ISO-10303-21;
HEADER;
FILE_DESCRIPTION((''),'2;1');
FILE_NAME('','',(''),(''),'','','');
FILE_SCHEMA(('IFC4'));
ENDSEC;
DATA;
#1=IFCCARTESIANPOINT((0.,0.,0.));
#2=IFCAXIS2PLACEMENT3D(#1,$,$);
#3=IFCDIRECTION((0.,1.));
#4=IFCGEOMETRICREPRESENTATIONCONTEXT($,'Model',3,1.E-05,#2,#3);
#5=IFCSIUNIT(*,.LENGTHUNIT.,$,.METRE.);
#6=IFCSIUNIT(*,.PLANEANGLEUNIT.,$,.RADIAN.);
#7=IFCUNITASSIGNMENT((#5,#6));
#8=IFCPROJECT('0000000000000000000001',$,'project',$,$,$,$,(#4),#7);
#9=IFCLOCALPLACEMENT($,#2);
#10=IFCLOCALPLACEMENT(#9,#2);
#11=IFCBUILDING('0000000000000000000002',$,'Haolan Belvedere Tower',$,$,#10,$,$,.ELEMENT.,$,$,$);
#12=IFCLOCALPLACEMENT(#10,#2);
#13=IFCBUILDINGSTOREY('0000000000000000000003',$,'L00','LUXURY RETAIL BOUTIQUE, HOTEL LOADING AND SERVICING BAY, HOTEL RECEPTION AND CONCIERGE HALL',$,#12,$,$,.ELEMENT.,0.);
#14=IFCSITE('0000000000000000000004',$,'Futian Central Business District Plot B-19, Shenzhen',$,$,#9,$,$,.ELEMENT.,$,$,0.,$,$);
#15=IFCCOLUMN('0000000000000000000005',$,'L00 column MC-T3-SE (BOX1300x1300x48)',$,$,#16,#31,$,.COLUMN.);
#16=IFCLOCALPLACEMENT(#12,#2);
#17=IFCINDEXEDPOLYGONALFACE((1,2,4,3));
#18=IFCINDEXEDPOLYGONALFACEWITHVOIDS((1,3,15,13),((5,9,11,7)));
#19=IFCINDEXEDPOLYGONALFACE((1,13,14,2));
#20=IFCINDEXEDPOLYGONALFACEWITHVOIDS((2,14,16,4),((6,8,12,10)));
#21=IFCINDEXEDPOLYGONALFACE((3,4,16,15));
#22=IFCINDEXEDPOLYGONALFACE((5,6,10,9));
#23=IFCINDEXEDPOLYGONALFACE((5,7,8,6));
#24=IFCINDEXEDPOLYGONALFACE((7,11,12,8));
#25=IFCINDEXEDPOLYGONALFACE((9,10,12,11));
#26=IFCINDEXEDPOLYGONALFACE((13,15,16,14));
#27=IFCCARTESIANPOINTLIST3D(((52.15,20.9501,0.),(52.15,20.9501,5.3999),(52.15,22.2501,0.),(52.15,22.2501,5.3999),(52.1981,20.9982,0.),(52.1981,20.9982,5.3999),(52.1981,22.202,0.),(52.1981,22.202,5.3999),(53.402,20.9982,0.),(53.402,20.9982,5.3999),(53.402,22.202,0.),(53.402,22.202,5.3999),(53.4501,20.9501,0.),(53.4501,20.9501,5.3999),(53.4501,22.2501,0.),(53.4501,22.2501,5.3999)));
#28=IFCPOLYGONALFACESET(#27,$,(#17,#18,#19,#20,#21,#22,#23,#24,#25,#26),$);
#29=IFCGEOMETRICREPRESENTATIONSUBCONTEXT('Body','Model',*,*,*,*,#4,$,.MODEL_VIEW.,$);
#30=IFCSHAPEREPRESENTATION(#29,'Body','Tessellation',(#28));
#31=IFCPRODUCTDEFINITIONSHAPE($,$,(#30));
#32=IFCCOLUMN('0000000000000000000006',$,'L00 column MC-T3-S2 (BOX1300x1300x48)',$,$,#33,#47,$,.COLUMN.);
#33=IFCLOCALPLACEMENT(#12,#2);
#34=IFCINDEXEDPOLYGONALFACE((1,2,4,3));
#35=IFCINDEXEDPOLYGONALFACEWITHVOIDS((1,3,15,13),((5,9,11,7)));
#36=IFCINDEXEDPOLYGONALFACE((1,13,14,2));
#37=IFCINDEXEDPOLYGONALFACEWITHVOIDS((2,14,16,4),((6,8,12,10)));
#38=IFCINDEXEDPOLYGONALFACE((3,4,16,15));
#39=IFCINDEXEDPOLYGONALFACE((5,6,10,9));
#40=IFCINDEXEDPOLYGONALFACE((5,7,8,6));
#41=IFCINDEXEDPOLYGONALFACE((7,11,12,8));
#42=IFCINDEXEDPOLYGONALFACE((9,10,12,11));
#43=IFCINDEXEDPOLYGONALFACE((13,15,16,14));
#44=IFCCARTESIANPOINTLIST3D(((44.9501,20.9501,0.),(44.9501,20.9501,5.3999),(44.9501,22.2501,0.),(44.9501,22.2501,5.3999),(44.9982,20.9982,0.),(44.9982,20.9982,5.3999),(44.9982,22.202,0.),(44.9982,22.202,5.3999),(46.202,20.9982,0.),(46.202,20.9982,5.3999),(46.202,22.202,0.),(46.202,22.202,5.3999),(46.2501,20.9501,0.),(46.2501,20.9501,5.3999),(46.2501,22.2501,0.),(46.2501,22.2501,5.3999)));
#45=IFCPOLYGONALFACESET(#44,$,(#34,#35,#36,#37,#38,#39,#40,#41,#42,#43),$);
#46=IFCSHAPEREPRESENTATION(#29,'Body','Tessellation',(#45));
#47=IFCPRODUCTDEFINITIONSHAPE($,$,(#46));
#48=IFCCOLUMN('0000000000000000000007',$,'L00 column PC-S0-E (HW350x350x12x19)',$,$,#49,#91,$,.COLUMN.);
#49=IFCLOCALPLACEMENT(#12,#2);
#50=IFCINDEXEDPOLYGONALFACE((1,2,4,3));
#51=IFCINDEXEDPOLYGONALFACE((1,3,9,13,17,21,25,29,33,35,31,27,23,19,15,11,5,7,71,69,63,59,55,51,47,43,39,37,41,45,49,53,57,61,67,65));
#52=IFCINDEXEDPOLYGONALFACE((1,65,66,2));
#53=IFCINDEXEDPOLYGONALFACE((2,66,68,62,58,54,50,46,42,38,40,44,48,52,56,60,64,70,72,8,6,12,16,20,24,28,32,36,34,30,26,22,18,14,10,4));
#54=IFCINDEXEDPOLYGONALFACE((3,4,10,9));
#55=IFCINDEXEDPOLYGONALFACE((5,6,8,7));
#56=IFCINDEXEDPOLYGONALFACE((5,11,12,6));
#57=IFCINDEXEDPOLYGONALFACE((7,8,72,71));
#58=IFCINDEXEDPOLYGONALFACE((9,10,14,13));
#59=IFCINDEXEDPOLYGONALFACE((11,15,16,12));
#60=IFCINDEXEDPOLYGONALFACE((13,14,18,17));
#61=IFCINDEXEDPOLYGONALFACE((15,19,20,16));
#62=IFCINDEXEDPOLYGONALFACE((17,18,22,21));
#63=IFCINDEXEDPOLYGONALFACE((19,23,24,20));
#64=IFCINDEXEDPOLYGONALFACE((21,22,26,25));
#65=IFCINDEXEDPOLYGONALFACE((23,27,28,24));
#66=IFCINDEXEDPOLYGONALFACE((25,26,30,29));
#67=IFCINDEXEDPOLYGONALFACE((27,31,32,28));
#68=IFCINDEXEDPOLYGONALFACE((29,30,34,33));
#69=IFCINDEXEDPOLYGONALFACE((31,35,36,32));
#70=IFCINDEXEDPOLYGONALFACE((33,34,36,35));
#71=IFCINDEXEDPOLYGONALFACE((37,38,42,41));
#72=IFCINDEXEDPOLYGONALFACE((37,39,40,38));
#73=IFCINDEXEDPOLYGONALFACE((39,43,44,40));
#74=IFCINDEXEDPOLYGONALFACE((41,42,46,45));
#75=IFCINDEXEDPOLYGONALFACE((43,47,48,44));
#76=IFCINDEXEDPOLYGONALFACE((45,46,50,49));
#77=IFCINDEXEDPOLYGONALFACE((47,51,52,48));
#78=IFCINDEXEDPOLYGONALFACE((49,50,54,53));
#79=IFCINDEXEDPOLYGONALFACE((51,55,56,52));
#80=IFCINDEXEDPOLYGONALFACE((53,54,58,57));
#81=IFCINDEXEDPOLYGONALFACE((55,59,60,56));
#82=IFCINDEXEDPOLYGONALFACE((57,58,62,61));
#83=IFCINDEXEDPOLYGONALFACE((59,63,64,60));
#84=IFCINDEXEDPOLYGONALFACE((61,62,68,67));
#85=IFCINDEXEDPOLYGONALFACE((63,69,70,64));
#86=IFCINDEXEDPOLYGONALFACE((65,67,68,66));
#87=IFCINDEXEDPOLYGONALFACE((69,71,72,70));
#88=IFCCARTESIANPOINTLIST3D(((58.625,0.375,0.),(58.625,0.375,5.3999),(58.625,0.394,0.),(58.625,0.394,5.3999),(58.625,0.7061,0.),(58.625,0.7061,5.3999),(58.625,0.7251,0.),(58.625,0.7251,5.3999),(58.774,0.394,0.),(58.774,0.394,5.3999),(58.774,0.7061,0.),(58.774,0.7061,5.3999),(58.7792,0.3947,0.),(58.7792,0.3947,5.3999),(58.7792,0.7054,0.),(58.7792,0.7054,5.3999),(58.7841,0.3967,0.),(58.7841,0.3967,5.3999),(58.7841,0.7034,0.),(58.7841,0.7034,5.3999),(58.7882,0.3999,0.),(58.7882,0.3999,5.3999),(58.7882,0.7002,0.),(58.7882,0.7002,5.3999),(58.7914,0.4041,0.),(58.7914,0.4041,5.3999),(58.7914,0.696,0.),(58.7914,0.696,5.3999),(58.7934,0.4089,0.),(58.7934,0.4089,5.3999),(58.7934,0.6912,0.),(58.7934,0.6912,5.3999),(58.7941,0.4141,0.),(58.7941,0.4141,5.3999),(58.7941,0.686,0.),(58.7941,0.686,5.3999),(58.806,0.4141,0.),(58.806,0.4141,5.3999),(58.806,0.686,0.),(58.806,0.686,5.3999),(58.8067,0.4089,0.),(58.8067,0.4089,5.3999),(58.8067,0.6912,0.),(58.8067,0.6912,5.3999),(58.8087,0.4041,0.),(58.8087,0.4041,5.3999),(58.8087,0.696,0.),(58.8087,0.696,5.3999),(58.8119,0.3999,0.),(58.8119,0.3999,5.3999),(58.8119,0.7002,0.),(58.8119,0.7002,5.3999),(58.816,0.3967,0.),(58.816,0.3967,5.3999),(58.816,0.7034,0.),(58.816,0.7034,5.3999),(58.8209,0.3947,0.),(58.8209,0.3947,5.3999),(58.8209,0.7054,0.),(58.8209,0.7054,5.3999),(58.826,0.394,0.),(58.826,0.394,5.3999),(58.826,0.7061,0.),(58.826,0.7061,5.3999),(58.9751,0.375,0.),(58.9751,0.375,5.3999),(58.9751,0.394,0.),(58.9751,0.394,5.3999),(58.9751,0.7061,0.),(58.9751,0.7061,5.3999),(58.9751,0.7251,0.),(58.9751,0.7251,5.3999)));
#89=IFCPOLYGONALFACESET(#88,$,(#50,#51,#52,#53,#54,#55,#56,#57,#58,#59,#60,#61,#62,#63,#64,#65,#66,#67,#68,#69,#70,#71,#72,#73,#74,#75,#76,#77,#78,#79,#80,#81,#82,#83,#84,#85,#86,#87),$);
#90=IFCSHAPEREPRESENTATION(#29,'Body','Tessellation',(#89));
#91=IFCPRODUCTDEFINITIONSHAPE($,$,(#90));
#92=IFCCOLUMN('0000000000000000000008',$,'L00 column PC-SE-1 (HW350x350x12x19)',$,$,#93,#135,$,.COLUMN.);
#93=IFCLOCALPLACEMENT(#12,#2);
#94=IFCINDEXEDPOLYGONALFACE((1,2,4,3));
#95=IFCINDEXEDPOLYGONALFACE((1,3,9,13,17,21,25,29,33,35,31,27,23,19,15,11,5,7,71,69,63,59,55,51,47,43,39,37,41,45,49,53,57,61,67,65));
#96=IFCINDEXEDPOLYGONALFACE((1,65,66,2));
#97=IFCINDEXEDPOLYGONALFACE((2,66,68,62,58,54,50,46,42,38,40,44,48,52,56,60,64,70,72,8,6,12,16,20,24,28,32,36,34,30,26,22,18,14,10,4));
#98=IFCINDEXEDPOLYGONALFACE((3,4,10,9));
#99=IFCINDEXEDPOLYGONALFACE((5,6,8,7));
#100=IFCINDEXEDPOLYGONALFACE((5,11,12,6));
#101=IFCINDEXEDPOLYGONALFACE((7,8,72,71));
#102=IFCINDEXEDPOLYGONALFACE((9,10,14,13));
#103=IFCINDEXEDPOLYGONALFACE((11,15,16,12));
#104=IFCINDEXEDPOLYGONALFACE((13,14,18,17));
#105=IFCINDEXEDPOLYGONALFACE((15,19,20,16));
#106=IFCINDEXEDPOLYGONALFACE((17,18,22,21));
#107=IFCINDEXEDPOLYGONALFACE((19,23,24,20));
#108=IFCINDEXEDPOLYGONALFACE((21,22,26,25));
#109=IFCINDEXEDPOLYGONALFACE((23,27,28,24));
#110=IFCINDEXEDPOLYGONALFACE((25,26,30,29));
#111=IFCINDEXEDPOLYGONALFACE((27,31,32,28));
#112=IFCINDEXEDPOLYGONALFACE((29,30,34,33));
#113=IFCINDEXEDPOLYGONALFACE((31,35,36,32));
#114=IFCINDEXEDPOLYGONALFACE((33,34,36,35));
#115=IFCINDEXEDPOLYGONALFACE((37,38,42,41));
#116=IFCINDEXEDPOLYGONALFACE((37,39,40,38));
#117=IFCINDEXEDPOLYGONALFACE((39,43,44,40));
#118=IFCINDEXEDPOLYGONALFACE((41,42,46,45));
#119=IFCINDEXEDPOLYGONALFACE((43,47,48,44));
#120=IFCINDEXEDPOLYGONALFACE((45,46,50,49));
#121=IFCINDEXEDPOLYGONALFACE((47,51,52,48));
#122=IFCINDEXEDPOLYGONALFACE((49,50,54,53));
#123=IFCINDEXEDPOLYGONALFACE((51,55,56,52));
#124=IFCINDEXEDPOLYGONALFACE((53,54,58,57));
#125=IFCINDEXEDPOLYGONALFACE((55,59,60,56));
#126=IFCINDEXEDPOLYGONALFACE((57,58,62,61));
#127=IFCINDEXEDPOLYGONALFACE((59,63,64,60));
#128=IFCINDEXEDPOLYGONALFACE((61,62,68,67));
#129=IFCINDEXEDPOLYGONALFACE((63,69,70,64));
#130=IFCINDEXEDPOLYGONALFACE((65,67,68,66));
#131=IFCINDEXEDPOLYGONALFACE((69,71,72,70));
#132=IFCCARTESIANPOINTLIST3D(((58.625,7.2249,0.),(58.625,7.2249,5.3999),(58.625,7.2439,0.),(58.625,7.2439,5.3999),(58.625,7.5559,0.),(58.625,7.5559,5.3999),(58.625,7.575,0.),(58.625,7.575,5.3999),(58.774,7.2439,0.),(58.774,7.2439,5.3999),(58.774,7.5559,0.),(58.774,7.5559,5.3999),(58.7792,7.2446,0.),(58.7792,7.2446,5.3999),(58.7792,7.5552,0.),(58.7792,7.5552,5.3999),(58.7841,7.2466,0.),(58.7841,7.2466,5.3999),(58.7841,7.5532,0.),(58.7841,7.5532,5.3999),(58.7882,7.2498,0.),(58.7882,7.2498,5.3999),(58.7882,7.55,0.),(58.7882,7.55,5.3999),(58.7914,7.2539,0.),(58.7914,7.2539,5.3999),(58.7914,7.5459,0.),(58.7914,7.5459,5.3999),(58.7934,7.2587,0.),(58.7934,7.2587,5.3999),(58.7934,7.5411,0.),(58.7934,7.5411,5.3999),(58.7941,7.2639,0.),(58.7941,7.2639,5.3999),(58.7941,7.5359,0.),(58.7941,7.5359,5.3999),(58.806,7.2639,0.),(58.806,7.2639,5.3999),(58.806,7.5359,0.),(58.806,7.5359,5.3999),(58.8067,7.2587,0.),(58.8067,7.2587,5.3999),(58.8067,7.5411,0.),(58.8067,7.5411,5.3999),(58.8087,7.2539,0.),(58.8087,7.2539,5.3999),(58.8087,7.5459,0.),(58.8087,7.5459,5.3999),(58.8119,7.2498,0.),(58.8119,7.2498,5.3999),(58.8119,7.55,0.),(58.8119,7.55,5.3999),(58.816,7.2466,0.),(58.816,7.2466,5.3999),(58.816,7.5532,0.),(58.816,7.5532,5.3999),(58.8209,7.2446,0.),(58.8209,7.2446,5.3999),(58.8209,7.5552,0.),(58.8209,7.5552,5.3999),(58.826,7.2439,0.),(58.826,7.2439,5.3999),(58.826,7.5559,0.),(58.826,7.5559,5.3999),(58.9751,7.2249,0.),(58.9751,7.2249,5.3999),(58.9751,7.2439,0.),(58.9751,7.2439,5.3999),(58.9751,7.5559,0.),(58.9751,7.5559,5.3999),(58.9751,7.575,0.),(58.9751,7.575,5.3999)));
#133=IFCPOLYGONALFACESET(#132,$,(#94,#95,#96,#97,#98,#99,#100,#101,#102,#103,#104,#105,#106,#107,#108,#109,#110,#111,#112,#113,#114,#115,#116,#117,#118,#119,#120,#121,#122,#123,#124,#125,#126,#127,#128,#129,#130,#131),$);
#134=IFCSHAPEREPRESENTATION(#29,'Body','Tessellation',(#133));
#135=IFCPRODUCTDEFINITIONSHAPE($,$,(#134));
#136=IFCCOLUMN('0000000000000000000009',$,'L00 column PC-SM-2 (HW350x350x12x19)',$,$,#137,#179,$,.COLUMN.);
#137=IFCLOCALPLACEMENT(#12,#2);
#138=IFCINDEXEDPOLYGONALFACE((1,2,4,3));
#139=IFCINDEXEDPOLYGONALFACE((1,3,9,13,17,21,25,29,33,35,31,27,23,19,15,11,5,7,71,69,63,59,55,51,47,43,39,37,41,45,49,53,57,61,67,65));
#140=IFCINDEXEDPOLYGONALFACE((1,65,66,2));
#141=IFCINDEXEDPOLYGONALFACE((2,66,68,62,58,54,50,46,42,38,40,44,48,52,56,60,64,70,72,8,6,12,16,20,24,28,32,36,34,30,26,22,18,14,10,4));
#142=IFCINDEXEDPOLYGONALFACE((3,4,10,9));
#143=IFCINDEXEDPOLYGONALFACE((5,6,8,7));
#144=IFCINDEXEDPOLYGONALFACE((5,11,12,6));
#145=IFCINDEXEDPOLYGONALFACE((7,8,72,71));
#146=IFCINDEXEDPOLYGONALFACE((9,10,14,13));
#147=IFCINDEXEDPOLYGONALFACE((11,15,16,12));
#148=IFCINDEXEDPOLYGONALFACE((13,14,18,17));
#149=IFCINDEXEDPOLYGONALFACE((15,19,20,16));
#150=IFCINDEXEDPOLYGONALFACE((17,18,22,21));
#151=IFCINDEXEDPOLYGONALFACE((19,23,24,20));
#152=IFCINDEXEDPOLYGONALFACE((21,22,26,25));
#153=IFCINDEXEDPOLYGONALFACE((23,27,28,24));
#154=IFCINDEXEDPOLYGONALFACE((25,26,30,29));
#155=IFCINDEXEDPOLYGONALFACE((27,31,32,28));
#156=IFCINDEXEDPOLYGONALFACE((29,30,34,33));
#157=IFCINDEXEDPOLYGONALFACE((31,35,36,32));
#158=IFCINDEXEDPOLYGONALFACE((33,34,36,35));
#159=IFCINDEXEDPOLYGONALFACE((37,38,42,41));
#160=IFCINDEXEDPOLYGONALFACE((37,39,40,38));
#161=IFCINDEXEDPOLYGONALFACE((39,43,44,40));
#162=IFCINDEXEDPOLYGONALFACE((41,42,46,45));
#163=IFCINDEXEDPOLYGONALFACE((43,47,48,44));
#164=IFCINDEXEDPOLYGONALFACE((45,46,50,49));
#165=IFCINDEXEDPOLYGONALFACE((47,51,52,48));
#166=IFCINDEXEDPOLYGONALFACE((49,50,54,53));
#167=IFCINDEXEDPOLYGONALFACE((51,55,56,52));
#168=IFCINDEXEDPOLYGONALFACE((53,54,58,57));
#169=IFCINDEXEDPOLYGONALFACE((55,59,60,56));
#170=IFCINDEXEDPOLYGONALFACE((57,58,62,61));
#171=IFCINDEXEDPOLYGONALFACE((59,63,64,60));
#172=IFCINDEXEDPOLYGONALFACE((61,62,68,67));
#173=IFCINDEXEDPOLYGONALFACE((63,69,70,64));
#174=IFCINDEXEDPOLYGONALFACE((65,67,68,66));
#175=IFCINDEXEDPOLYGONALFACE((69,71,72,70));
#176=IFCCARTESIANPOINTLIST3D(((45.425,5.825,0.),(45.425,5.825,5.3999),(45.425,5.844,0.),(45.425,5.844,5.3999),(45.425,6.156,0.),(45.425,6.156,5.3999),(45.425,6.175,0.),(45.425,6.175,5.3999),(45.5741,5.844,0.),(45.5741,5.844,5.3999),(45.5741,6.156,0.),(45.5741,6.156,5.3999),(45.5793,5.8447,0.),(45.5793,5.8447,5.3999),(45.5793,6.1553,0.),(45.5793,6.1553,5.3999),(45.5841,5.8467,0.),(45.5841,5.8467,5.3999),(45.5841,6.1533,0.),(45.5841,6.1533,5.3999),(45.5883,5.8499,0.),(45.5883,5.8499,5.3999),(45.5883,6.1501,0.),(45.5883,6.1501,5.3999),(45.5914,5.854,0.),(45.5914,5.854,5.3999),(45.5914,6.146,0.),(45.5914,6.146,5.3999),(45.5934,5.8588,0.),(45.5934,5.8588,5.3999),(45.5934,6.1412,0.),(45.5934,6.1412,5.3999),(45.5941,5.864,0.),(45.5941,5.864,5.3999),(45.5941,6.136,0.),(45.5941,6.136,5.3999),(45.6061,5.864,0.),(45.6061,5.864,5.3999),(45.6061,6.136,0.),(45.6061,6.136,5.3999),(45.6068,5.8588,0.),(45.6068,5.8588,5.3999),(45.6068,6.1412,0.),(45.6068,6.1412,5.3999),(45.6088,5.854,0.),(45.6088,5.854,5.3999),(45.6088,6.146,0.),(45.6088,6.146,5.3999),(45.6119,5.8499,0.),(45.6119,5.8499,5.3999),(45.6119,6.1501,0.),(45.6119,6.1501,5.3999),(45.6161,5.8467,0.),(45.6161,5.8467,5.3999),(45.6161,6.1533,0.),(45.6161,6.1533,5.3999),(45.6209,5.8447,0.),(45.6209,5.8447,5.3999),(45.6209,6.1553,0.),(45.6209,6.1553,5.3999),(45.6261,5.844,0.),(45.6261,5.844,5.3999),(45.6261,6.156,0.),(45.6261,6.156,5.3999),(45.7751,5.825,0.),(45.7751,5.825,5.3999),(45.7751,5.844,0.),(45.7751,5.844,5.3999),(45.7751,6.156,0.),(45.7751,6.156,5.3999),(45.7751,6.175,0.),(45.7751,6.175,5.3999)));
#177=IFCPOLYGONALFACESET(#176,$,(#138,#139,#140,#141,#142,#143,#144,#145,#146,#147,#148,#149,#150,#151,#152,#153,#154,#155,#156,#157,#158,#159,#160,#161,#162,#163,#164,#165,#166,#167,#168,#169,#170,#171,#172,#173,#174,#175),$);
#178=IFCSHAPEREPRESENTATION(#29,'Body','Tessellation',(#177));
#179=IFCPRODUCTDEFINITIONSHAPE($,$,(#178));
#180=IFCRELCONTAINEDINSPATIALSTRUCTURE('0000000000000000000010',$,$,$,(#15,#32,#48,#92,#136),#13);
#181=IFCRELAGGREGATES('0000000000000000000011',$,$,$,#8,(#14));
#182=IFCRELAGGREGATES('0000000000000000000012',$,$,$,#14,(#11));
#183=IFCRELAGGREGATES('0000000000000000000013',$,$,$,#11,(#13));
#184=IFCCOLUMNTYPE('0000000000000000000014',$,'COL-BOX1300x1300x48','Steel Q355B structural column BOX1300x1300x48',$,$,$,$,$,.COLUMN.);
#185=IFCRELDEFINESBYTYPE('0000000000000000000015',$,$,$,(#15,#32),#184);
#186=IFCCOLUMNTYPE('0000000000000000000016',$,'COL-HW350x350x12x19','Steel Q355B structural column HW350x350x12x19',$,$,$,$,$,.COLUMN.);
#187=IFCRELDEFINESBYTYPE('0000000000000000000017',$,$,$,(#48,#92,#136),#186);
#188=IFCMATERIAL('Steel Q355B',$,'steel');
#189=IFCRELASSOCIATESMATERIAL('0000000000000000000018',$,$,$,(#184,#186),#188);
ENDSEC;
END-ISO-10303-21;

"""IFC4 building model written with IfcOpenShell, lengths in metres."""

from ifc_helpers import new_model, si_unit, direction, frame, origin, origin_2d, place, context, subcontext, project, spatial, hollow_rectangle, i_section, extrude, material, material_profile, profile_set, type_object, element, save


model = new_model("IFC4")

# Units and contexts
model_context = context("Model", 3, precision=1e-05, world=origin(), true_north=direction((0.0, 1.0)))
body_context = subcontext(model_context, "Body", "Model", "MODEL_VIEW")
ifc_project = project(units=[si_unit("LENGTHUNIT", "METRE"), si_unit("PLANEANGLEUNIT", "RADIAN")], contexts=[model_context])

# Site, building, storey
site_placement = place(None, origin())
site = spatial("IfcSite", under=ifc_project, at=site_placement, Name="Futian Central Business District Plot B-19, Shenzhen", CompositionType="ELEMENT", RefElevation=0.0)
building_placement = place(site_placement, origin())
building = spatial("IfcBuilding", under=site, at=building_placement, Name="Haolan Belvedere Tower", CompositionType="ELEMENT")
storey_placement = place(building_placement, origin())
storey = spatial("IfcBuildingStorey", under=building, at=storey_placement, Name="L00", Description="LUXURY RETAIL BOUTIQUE, HOTEL LOADING AND SERVICING BAY, HOTEL RECEPTION AND CONCIERGE HALL", CompositionType="ELEMENT", Elevation=0.0)

# Columns
ifc_material_1 = material(Name="Steel Q355B", Category="steel")
ifc_material_profile_1 = material_profile(ifc_material_1, hollow_rectangle(XDim=1.3, YDim=1.3, WallThickness=0.0481, at=origin_2d()), Name="Steel Q355B")
ifc_profile_set_1 = profile_set([ifc_material_profile_1], Name="Steel Q355B")
column_type_1 = type_object("IfcColumnType", Name="COL-BOX1300x1300x48", Description="Steel Q355B structural column BOX1300x1300x48", PredefinedType="COLUMN", material=ifc_profile_set_1)
for number, where, z_axis, x_axis, name in (
    (1, (52.8, 21.6001, 0.0), (0.0, 0.0, 1.0), (1.0, 0.0, 0.0), "L00 column MC-T3-SE (BOX1300x1300x48)"),
    (2, (45.6001, 21.6001, 0.0), (0.0, 0.0, 1.0), (1.0, 0.0, 0.0), "L00 column MC-T3-S2 (BOX1300x1300x48)"),
):
    element("IfcColumn", number, at=place(storey_placement, frame(where, z_axis=z_axis, x_axis=x_axis)), inside=storey, type_object=column_type_1, Name=name, PredefinedType="COLUMN", context=body_context, shape_type="SweptSolid", body=[
        extrude(hollow_rectangle(XDim=1.3, YDim=1.3, WallThickness=0.0481, at=origin_2d()), origin(), (0.0, 0.0, 1.0), 5.3999),
    ])
ifc_material_profile_2 = material_profile(ifc_material_1, i_section(OverallWidth=0.3501, OverallDepth=0.3501, WebThickness=0.012, FlangeThickness=0.019, FilletRadius=0.02, at=origin_2d()), Name="Steel Q355B")
ifc_profile_set_2 = profile_set([ifc_material_profile_2], Name="Steel Q355B")
column_type_2 = type_object("IfcColumnType", Name="COL-HW350x350x12x19", Description="Steel Q355B structural column HW350x350x12x19", PredefinedType="COLUMN", material=ifc_profile_set_2)
for number, where, z_axis, x_axis, name in (
    (3, (58.8, 0.55, 0.0), (0.0, 0.0, 1.0), (1.0, 0.0, 0.0), "L00 column PC-S0-E (HW350x350x12x19)"),
    (4, (58.8, 7.3999, 0.0), (0.0, 0.0, 1.0), (1.0, 0.0, 0.0), "L00 column PC-SE-1 (HW350x350x12x19)"),
    (5, (45.6001, 6.0, 0.0), (0.0, 0.0, 1.0), (1.0, 0.0, 0.0), "L00 column PC-SM-2 (HW350x350x12x19)"),
):
    element("IfcColumn", number, at=place(storey_placement, frame(where, z_axis=z_axis, x_axis=x_axis)), inside=storey, type_object=column_type_2, Name=name, PredefinedType="COLUMN", context=body_context, shape_type="SweptSolid", body=[
        extrude(i_section(OverallWidth=0.3501, OverallDepth=0.3501, WebThickness=0.012, FlangeThickness=0.019, FilletRadius=0.02, at=origin_2d()), origin(), (0.0, 0.0, 1.0), 5.3999),
    ])

save(model, "model.ifc")
